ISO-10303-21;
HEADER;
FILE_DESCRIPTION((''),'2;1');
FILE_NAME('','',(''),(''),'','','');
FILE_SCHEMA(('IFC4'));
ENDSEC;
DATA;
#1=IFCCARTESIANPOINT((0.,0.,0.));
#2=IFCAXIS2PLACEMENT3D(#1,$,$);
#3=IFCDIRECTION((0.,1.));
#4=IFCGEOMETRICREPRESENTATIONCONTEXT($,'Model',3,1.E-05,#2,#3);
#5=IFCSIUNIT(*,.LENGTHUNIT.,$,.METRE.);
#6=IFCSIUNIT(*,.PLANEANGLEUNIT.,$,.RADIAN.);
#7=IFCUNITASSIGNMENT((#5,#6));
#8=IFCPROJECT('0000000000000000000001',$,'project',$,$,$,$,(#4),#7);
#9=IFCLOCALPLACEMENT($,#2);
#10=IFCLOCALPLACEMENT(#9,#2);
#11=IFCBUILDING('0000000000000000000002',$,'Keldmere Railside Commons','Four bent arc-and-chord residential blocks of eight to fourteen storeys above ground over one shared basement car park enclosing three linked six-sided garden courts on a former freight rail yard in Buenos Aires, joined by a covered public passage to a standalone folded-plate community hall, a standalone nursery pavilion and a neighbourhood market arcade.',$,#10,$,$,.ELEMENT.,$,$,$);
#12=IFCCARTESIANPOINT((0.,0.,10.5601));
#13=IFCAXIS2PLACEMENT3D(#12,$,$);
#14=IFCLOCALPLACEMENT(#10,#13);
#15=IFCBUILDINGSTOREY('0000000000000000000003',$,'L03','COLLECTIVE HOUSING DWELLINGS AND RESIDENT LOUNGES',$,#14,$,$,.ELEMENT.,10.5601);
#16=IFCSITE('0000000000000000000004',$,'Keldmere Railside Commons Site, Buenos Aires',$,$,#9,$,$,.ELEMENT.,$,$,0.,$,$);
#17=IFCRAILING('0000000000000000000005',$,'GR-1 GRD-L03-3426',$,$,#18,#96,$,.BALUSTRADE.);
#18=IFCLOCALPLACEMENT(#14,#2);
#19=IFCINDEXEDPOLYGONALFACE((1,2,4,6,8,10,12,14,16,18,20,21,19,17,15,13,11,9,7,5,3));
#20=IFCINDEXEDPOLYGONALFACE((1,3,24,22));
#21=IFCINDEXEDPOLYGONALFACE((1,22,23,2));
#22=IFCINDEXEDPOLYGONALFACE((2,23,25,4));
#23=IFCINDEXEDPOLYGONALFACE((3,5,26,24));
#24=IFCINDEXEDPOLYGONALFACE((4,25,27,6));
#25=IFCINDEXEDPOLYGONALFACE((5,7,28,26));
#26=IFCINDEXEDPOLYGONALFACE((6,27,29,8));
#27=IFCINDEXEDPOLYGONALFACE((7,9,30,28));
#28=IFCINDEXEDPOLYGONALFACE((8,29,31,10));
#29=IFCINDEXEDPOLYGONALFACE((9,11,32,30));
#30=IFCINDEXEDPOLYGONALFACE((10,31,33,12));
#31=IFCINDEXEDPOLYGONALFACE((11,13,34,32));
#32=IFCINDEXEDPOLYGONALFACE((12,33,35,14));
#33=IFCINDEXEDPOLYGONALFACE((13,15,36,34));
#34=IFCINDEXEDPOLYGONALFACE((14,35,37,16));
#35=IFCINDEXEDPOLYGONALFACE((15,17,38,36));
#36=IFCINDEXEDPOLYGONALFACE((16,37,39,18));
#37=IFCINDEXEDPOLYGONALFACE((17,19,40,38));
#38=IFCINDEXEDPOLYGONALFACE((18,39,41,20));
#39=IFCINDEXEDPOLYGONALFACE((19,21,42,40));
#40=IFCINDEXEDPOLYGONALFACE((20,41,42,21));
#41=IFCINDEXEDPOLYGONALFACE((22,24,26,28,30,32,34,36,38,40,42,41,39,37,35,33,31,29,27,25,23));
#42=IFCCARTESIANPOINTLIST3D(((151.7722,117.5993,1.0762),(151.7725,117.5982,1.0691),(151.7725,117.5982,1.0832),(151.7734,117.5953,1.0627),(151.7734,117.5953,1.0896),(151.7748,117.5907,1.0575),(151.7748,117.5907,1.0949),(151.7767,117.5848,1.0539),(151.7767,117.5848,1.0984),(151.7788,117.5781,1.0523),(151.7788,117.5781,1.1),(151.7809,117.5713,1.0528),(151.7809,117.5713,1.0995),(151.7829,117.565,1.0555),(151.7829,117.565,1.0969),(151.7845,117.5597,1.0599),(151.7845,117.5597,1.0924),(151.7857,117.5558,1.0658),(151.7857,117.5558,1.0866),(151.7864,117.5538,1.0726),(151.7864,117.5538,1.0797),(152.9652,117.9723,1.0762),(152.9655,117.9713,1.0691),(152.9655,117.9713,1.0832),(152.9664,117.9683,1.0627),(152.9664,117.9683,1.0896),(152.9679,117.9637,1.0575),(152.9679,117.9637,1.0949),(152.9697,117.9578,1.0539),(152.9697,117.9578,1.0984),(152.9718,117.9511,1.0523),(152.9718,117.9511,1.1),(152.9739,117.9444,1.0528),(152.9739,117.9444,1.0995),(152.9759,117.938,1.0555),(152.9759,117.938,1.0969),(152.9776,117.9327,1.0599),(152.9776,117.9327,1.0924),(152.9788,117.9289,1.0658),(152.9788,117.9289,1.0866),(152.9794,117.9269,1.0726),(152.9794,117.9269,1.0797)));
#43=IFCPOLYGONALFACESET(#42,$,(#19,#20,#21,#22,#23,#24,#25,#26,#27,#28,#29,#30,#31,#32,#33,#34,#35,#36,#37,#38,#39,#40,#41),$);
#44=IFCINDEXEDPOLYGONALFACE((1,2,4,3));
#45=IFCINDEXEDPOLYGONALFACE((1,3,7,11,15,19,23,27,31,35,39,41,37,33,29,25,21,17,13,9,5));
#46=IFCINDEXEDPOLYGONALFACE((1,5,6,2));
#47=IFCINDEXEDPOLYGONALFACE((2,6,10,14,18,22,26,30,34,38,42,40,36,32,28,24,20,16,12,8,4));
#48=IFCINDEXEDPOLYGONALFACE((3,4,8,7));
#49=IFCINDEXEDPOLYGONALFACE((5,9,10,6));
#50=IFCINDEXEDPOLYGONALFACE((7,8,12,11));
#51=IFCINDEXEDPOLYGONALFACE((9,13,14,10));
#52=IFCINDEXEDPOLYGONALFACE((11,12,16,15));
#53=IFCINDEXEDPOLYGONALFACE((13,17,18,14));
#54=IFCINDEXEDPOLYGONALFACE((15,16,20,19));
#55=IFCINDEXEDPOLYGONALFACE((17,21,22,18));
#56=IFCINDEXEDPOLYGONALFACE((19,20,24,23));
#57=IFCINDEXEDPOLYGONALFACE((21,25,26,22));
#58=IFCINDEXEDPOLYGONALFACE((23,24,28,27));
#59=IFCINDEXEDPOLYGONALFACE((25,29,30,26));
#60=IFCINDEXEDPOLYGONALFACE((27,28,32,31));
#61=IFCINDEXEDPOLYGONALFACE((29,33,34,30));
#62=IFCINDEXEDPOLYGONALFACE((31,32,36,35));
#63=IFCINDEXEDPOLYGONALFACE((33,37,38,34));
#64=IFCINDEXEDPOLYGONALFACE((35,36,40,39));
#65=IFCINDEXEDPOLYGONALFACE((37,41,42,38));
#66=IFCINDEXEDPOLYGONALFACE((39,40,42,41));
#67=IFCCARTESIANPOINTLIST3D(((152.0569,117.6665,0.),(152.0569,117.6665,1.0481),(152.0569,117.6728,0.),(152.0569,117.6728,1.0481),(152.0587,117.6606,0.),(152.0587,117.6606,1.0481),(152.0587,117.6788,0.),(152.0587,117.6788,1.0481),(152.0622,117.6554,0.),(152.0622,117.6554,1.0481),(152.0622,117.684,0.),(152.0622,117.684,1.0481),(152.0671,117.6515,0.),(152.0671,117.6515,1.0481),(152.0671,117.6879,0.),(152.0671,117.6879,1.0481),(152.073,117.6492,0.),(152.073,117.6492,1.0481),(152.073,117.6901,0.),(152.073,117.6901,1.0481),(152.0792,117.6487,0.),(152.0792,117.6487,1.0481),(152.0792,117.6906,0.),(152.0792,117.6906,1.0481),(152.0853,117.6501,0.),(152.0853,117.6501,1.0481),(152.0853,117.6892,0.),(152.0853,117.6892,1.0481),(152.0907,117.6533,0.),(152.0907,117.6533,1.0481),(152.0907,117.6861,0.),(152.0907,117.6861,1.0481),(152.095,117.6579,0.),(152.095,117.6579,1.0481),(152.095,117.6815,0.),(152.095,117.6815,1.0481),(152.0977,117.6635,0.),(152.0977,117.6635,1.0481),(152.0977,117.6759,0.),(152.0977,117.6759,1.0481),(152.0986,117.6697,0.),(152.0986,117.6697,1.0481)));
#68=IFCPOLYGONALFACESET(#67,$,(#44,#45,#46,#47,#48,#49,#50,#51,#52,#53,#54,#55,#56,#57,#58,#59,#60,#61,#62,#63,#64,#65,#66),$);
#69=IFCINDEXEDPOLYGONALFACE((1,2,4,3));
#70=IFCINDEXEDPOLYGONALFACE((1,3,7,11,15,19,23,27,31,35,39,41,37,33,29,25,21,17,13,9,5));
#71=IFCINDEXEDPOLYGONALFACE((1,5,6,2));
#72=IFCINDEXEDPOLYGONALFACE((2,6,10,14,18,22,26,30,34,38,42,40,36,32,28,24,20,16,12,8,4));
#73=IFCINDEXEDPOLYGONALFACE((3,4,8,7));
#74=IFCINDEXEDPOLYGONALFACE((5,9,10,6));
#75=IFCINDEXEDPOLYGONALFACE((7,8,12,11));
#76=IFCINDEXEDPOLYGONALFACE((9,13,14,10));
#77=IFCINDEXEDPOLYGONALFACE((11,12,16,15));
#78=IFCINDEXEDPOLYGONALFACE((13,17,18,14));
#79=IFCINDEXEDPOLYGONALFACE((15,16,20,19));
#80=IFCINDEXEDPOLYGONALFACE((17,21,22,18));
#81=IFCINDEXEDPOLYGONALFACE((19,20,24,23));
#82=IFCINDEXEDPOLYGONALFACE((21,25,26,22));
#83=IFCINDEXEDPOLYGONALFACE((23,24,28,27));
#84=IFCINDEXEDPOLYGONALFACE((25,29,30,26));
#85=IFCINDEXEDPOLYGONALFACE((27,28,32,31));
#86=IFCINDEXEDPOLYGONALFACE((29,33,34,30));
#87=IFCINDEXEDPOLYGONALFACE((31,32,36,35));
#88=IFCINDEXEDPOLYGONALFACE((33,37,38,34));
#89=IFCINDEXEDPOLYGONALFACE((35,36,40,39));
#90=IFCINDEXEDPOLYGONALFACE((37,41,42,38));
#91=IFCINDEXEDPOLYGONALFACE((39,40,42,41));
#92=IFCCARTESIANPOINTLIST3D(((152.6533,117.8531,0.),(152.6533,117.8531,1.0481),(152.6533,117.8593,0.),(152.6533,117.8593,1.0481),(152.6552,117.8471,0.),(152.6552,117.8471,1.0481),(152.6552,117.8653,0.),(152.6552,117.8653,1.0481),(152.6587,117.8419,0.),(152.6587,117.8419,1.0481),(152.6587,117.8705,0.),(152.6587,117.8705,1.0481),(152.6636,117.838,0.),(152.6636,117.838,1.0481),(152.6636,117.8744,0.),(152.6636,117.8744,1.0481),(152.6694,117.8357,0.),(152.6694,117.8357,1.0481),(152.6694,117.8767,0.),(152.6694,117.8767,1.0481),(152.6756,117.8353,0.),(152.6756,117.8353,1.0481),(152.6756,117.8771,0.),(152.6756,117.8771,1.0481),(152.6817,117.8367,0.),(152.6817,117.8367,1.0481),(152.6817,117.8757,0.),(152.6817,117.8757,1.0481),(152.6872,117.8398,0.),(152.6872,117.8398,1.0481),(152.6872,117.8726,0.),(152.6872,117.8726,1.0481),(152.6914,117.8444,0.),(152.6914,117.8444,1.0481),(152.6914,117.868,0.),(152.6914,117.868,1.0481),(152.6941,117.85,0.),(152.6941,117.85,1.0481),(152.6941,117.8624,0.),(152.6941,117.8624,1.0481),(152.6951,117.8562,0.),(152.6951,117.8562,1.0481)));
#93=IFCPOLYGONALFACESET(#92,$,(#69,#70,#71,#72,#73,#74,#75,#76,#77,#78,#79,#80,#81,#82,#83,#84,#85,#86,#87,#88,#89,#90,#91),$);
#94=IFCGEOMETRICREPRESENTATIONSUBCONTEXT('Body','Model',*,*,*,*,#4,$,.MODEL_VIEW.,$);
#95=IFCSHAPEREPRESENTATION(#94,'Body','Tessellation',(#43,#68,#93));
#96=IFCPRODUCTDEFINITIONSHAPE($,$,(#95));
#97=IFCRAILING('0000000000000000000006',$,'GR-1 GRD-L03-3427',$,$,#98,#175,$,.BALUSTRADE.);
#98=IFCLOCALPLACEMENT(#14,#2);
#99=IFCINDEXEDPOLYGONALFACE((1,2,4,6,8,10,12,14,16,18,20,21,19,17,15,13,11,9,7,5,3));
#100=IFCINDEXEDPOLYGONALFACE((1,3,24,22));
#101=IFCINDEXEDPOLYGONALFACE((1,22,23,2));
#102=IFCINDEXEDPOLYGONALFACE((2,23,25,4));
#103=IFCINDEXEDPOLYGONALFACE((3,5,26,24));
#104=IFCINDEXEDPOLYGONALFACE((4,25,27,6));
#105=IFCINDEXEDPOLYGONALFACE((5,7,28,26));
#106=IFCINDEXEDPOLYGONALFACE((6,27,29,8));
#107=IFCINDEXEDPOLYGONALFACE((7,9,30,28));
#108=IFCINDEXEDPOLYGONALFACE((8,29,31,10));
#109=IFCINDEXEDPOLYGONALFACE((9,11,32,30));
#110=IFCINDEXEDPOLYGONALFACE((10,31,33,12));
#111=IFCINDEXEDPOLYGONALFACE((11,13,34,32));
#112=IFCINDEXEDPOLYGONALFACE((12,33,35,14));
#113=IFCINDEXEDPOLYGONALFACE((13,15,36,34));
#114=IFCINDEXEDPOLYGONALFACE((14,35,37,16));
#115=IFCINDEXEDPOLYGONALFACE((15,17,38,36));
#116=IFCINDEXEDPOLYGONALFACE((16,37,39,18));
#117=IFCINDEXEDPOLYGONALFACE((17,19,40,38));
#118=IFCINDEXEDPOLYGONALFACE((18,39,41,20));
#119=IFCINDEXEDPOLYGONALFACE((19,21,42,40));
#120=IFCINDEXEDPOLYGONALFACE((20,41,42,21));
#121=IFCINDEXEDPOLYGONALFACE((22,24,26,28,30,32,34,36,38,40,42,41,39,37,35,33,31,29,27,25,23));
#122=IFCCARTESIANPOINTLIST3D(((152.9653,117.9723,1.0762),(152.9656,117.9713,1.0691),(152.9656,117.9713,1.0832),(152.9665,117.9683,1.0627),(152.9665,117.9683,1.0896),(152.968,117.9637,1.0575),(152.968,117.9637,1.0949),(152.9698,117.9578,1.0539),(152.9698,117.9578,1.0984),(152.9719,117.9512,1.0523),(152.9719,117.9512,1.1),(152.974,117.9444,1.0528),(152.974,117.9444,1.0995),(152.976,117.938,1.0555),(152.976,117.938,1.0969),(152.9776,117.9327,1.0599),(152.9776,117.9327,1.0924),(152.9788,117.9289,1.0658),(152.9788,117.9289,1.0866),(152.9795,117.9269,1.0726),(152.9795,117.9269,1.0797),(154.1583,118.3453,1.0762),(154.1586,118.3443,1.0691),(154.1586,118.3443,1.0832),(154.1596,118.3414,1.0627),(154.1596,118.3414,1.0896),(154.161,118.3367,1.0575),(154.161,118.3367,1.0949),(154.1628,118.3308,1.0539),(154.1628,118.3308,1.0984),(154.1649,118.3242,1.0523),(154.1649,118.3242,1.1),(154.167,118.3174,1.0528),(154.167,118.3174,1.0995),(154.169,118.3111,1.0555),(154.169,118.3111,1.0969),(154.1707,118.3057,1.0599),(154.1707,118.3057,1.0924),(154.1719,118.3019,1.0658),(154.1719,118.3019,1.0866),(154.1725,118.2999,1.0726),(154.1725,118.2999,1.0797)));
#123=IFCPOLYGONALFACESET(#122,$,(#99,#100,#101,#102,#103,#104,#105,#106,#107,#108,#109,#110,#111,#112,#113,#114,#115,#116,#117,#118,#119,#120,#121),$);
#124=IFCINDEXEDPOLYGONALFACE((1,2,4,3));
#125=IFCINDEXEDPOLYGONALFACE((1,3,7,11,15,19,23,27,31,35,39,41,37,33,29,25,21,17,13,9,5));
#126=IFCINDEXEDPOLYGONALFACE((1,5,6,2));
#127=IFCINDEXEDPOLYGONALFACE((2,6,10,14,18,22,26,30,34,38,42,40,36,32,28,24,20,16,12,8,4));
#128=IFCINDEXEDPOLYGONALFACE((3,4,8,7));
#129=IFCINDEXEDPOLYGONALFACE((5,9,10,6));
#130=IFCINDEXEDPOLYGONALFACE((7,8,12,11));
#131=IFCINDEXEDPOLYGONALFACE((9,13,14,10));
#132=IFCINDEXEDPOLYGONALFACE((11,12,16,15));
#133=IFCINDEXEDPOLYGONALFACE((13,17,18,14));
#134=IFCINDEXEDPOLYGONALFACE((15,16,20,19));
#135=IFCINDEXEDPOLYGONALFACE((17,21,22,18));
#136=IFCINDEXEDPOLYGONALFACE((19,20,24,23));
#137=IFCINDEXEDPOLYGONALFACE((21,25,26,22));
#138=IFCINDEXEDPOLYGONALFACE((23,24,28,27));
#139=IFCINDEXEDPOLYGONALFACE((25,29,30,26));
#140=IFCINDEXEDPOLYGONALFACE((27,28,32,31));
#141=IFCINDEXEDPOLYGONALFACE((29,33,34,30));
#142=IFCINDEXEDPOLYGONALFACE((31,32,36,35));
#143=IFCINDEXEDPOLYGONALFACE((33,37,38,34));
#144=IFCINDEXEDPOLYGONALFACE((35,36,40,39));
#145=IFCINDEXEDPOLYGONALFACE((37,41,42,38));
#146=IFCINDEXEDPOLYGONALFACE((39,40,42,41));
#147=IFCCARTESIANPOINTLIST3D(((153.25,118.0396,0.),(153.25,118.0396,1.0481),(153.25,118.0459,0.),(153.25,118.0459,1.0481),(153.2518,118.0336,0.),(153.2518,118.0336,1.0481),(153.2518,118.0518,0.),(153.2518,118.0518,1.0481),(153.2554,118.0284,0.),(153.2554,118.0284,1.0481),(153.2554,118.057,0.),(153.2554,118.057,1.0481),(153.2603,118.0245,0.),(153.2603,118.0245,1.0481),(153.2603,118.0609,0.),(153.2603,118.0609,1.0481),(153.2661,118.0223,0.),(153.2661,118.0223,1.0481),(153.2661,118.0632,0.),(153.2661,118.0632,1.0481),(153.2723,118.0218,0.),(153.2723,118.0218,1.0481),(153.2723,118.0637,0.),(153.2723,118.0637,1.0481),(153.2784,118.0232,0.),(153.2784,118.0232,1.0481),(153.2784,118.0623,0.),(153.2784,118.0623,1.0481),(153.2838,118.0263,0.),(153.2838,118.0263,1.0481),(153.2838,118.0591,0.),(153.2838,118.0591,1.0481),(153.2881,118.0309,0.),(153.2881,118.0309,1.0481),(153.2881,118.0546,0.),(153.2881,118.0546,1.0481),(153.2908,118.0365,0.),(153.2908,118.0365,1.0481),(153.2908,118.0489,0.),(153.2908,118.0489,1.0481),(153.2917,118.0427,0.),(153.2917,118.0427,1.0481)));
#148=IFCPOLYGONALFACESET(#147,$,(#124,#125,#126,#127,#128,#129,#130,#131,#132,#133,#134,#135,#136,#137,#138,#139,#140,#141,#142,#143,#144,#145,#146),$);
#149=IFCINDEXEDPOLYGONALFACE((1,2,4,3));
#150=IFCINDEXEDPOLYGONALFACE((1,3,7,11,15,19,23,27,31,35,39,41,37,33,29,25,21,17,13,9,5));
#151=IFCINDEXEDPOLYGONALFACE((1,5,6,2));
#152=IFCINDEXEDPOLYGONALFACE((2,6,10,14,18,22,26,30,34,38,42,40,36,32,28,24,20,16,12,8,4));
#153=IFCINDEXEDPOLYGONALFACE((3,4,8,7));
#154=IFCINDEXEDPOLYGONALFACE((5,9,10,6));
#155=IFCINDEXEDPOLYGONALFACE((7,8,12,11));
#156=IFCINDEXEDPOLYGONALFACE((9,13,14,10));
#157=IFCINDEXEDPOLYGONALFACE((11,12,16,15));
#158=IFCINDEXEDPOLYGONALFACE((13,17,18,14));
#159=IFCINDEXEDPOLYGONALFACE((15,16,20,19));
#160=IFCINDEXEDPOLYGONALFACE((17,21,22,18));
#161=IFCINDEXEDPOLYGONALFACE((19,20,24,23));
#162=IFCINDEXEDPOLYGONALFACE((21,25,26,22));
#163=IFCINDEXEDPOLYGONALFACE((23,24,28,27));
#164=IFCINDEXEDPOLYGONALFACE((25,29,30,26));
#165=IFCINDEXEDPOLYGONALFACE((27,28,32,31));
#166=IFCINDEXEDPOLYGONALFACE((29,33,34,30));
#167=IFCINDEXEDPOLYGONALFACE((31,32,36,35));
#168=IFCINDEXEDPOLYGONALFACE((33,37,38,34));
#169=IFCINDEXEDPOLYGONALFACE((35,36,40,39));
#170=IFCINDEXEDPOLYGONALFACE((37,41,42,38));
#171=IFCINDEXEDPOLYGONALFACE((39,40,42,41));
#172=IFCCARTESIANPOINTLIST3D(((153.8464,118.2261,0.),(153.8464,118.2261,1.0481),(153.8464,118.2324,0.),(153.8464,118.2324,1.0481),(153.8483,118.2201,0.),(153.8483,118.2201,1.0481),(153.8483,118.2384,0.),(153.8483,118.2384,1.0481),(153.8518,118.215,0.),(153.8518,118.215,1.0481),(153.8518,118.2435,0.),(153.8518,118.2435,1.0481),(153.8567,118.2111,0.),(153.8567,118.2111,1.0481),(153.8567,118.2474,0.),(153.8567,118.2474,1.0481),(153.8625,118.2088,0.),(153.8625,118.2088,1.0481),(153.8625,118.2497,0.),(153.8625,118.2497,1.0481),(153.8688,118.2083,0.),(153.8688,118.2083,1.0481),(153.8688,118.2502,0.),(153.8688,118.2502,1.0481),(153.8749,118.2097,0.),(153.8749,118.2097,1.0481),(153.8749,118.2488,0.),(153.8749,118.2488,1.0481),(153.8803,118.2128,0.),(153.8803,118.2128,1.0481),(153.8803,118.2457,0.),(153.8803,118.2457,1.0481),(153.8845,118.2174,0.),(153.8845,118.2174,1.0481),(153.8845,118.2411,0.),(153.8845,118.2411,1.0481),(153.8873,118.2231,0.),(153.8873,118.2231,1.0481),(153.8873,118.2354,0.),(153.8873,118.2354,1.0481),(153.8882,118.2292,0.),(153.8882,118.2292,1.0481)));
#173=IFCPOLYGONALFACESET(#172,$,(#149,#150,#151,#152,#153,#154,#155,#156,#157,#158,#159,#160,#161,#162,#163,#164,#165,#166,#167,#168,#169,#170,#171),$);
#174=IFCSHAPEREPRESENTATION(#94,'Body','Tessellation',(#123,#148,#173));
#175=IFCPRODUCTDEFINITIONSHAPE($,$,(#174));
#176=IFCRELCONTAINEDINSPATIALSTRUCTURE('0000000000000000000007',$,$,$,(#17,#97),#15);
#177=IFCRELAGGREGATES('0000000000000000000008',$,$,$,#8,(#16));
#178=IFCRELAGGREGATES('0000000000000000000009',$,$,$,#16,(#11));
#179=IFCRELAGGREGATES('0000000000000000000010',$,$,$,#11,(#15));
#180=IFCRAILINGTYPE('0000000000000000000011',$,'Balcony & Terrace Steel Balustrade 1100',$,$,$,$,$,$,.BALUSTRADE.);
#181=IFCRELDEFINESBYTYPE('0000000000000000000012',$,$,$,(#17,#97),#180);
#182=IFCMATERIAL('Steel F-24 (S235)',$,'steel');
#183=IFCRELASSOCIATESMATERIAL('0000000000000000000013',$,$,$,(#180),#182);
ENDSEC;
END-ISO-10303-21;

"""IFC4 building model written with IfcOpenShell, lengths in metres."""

from ifc_helpers import new_model, si_unit, direction, frame, origin, origin_2d, place, context, subcontext, project, spatial, circle, extrude, material, type_object, element, save


model = new_model("IFC4")

# Units and contexts
model_context = context("Model", 3, precision=1e-05, world=origin(), true_north=direction((0.0, 1.0)))
body_context = subcontext(model_context, "Body", "Model", "MODEL_VIEW")
ifc_project = project(units=[si_unit("LENGTHUNIT", "METRE"), si_unit("PLANEANGLEUNIT", "RADIAN")], contexts=[model_context])

# Site, building, storey
site_placement = place(None, origin())
site = spatial("IfcSite", under=ifc_project, at=site_placement, Name="Keldmere Railside Commons Site, Buenos Aires", CompositionType="ELEMENT", RefElevation=0.0)
building_placement = place(site_placement, origin())
building = spatial("IfcBuilding", under=site, at=building_placement, Name="Keldmere Railside Commons", Description="Four bent arc-and-chord residential blocks of eight to fourteen storeys above ground over one shared basement car park enclosing three linked six-sided garden courts on a former freight rail yard in Buenos Aires, joined by a covered public passage to a standalone folded-plate community hall, a standalone nursery pavilion and a neighbourhood market arcade.", CompositionType="ELEMENT")
storey_placement = place(building_placement, frame((0.0, 0.0, 10.5601)))
storey = spatial("IfcBuildingStorey", under=building, at=storey_placement, Name="L03", Description="COLLECTIVE HOUSING DWELLINGS AND RESIDENT LOUNGES", CompositionType="ELEMENT", Elevation=10.5601)

# Shared definitions
ifc_material_1 = material(Name="Steel F-24 (S235)", Category="steel")

# Railings
railing_type_1 = type_object("IfcRailingType", Name="Balcony & Terrace Steel Balustrade 1100", PredefinedType="BALUSTRADE", material=ifc_material_1)
for number, where, name in (
    (1, (151.7793, 117.5764, 0.0), "GR-1 GRD-L03-3426"),
    (2, (152.9724, 117.9495, 0.0), "GR-1 GRD-L03-3427"),
):
    element("IfcRailing", number, at=place(storey_placement, frame(where)), inside=storey, type_object=railing_type_1, Name=name, PredefinedType="BALUSTRADE", context=body_context, shape_type="SweptSolid", body=[
        extrude(circle(Radius=0.0239, at=origin_2d()), frame((0.0, 0.0, 1.0762), z_axis=(0.954435, 0.29842, 0.0), x_axis=(-0.29842, 0.954435, 0.0)), (0.0, 0.0, 1.0), 1.25),
        extrude(circle(Radius=0.021, at=origin_2d()), frame((0.2983, 0.0933, 0.0)), (0.0, 0.0, 1.0), 1.0481),
        extrude(circle(Radius=0.021, at=origin_2d()), frame((0.8948, 0.2798, 0.0)), (0.0, 0.0, 1.0), 1.0481),
    ])

save(model, "model.ifc")
